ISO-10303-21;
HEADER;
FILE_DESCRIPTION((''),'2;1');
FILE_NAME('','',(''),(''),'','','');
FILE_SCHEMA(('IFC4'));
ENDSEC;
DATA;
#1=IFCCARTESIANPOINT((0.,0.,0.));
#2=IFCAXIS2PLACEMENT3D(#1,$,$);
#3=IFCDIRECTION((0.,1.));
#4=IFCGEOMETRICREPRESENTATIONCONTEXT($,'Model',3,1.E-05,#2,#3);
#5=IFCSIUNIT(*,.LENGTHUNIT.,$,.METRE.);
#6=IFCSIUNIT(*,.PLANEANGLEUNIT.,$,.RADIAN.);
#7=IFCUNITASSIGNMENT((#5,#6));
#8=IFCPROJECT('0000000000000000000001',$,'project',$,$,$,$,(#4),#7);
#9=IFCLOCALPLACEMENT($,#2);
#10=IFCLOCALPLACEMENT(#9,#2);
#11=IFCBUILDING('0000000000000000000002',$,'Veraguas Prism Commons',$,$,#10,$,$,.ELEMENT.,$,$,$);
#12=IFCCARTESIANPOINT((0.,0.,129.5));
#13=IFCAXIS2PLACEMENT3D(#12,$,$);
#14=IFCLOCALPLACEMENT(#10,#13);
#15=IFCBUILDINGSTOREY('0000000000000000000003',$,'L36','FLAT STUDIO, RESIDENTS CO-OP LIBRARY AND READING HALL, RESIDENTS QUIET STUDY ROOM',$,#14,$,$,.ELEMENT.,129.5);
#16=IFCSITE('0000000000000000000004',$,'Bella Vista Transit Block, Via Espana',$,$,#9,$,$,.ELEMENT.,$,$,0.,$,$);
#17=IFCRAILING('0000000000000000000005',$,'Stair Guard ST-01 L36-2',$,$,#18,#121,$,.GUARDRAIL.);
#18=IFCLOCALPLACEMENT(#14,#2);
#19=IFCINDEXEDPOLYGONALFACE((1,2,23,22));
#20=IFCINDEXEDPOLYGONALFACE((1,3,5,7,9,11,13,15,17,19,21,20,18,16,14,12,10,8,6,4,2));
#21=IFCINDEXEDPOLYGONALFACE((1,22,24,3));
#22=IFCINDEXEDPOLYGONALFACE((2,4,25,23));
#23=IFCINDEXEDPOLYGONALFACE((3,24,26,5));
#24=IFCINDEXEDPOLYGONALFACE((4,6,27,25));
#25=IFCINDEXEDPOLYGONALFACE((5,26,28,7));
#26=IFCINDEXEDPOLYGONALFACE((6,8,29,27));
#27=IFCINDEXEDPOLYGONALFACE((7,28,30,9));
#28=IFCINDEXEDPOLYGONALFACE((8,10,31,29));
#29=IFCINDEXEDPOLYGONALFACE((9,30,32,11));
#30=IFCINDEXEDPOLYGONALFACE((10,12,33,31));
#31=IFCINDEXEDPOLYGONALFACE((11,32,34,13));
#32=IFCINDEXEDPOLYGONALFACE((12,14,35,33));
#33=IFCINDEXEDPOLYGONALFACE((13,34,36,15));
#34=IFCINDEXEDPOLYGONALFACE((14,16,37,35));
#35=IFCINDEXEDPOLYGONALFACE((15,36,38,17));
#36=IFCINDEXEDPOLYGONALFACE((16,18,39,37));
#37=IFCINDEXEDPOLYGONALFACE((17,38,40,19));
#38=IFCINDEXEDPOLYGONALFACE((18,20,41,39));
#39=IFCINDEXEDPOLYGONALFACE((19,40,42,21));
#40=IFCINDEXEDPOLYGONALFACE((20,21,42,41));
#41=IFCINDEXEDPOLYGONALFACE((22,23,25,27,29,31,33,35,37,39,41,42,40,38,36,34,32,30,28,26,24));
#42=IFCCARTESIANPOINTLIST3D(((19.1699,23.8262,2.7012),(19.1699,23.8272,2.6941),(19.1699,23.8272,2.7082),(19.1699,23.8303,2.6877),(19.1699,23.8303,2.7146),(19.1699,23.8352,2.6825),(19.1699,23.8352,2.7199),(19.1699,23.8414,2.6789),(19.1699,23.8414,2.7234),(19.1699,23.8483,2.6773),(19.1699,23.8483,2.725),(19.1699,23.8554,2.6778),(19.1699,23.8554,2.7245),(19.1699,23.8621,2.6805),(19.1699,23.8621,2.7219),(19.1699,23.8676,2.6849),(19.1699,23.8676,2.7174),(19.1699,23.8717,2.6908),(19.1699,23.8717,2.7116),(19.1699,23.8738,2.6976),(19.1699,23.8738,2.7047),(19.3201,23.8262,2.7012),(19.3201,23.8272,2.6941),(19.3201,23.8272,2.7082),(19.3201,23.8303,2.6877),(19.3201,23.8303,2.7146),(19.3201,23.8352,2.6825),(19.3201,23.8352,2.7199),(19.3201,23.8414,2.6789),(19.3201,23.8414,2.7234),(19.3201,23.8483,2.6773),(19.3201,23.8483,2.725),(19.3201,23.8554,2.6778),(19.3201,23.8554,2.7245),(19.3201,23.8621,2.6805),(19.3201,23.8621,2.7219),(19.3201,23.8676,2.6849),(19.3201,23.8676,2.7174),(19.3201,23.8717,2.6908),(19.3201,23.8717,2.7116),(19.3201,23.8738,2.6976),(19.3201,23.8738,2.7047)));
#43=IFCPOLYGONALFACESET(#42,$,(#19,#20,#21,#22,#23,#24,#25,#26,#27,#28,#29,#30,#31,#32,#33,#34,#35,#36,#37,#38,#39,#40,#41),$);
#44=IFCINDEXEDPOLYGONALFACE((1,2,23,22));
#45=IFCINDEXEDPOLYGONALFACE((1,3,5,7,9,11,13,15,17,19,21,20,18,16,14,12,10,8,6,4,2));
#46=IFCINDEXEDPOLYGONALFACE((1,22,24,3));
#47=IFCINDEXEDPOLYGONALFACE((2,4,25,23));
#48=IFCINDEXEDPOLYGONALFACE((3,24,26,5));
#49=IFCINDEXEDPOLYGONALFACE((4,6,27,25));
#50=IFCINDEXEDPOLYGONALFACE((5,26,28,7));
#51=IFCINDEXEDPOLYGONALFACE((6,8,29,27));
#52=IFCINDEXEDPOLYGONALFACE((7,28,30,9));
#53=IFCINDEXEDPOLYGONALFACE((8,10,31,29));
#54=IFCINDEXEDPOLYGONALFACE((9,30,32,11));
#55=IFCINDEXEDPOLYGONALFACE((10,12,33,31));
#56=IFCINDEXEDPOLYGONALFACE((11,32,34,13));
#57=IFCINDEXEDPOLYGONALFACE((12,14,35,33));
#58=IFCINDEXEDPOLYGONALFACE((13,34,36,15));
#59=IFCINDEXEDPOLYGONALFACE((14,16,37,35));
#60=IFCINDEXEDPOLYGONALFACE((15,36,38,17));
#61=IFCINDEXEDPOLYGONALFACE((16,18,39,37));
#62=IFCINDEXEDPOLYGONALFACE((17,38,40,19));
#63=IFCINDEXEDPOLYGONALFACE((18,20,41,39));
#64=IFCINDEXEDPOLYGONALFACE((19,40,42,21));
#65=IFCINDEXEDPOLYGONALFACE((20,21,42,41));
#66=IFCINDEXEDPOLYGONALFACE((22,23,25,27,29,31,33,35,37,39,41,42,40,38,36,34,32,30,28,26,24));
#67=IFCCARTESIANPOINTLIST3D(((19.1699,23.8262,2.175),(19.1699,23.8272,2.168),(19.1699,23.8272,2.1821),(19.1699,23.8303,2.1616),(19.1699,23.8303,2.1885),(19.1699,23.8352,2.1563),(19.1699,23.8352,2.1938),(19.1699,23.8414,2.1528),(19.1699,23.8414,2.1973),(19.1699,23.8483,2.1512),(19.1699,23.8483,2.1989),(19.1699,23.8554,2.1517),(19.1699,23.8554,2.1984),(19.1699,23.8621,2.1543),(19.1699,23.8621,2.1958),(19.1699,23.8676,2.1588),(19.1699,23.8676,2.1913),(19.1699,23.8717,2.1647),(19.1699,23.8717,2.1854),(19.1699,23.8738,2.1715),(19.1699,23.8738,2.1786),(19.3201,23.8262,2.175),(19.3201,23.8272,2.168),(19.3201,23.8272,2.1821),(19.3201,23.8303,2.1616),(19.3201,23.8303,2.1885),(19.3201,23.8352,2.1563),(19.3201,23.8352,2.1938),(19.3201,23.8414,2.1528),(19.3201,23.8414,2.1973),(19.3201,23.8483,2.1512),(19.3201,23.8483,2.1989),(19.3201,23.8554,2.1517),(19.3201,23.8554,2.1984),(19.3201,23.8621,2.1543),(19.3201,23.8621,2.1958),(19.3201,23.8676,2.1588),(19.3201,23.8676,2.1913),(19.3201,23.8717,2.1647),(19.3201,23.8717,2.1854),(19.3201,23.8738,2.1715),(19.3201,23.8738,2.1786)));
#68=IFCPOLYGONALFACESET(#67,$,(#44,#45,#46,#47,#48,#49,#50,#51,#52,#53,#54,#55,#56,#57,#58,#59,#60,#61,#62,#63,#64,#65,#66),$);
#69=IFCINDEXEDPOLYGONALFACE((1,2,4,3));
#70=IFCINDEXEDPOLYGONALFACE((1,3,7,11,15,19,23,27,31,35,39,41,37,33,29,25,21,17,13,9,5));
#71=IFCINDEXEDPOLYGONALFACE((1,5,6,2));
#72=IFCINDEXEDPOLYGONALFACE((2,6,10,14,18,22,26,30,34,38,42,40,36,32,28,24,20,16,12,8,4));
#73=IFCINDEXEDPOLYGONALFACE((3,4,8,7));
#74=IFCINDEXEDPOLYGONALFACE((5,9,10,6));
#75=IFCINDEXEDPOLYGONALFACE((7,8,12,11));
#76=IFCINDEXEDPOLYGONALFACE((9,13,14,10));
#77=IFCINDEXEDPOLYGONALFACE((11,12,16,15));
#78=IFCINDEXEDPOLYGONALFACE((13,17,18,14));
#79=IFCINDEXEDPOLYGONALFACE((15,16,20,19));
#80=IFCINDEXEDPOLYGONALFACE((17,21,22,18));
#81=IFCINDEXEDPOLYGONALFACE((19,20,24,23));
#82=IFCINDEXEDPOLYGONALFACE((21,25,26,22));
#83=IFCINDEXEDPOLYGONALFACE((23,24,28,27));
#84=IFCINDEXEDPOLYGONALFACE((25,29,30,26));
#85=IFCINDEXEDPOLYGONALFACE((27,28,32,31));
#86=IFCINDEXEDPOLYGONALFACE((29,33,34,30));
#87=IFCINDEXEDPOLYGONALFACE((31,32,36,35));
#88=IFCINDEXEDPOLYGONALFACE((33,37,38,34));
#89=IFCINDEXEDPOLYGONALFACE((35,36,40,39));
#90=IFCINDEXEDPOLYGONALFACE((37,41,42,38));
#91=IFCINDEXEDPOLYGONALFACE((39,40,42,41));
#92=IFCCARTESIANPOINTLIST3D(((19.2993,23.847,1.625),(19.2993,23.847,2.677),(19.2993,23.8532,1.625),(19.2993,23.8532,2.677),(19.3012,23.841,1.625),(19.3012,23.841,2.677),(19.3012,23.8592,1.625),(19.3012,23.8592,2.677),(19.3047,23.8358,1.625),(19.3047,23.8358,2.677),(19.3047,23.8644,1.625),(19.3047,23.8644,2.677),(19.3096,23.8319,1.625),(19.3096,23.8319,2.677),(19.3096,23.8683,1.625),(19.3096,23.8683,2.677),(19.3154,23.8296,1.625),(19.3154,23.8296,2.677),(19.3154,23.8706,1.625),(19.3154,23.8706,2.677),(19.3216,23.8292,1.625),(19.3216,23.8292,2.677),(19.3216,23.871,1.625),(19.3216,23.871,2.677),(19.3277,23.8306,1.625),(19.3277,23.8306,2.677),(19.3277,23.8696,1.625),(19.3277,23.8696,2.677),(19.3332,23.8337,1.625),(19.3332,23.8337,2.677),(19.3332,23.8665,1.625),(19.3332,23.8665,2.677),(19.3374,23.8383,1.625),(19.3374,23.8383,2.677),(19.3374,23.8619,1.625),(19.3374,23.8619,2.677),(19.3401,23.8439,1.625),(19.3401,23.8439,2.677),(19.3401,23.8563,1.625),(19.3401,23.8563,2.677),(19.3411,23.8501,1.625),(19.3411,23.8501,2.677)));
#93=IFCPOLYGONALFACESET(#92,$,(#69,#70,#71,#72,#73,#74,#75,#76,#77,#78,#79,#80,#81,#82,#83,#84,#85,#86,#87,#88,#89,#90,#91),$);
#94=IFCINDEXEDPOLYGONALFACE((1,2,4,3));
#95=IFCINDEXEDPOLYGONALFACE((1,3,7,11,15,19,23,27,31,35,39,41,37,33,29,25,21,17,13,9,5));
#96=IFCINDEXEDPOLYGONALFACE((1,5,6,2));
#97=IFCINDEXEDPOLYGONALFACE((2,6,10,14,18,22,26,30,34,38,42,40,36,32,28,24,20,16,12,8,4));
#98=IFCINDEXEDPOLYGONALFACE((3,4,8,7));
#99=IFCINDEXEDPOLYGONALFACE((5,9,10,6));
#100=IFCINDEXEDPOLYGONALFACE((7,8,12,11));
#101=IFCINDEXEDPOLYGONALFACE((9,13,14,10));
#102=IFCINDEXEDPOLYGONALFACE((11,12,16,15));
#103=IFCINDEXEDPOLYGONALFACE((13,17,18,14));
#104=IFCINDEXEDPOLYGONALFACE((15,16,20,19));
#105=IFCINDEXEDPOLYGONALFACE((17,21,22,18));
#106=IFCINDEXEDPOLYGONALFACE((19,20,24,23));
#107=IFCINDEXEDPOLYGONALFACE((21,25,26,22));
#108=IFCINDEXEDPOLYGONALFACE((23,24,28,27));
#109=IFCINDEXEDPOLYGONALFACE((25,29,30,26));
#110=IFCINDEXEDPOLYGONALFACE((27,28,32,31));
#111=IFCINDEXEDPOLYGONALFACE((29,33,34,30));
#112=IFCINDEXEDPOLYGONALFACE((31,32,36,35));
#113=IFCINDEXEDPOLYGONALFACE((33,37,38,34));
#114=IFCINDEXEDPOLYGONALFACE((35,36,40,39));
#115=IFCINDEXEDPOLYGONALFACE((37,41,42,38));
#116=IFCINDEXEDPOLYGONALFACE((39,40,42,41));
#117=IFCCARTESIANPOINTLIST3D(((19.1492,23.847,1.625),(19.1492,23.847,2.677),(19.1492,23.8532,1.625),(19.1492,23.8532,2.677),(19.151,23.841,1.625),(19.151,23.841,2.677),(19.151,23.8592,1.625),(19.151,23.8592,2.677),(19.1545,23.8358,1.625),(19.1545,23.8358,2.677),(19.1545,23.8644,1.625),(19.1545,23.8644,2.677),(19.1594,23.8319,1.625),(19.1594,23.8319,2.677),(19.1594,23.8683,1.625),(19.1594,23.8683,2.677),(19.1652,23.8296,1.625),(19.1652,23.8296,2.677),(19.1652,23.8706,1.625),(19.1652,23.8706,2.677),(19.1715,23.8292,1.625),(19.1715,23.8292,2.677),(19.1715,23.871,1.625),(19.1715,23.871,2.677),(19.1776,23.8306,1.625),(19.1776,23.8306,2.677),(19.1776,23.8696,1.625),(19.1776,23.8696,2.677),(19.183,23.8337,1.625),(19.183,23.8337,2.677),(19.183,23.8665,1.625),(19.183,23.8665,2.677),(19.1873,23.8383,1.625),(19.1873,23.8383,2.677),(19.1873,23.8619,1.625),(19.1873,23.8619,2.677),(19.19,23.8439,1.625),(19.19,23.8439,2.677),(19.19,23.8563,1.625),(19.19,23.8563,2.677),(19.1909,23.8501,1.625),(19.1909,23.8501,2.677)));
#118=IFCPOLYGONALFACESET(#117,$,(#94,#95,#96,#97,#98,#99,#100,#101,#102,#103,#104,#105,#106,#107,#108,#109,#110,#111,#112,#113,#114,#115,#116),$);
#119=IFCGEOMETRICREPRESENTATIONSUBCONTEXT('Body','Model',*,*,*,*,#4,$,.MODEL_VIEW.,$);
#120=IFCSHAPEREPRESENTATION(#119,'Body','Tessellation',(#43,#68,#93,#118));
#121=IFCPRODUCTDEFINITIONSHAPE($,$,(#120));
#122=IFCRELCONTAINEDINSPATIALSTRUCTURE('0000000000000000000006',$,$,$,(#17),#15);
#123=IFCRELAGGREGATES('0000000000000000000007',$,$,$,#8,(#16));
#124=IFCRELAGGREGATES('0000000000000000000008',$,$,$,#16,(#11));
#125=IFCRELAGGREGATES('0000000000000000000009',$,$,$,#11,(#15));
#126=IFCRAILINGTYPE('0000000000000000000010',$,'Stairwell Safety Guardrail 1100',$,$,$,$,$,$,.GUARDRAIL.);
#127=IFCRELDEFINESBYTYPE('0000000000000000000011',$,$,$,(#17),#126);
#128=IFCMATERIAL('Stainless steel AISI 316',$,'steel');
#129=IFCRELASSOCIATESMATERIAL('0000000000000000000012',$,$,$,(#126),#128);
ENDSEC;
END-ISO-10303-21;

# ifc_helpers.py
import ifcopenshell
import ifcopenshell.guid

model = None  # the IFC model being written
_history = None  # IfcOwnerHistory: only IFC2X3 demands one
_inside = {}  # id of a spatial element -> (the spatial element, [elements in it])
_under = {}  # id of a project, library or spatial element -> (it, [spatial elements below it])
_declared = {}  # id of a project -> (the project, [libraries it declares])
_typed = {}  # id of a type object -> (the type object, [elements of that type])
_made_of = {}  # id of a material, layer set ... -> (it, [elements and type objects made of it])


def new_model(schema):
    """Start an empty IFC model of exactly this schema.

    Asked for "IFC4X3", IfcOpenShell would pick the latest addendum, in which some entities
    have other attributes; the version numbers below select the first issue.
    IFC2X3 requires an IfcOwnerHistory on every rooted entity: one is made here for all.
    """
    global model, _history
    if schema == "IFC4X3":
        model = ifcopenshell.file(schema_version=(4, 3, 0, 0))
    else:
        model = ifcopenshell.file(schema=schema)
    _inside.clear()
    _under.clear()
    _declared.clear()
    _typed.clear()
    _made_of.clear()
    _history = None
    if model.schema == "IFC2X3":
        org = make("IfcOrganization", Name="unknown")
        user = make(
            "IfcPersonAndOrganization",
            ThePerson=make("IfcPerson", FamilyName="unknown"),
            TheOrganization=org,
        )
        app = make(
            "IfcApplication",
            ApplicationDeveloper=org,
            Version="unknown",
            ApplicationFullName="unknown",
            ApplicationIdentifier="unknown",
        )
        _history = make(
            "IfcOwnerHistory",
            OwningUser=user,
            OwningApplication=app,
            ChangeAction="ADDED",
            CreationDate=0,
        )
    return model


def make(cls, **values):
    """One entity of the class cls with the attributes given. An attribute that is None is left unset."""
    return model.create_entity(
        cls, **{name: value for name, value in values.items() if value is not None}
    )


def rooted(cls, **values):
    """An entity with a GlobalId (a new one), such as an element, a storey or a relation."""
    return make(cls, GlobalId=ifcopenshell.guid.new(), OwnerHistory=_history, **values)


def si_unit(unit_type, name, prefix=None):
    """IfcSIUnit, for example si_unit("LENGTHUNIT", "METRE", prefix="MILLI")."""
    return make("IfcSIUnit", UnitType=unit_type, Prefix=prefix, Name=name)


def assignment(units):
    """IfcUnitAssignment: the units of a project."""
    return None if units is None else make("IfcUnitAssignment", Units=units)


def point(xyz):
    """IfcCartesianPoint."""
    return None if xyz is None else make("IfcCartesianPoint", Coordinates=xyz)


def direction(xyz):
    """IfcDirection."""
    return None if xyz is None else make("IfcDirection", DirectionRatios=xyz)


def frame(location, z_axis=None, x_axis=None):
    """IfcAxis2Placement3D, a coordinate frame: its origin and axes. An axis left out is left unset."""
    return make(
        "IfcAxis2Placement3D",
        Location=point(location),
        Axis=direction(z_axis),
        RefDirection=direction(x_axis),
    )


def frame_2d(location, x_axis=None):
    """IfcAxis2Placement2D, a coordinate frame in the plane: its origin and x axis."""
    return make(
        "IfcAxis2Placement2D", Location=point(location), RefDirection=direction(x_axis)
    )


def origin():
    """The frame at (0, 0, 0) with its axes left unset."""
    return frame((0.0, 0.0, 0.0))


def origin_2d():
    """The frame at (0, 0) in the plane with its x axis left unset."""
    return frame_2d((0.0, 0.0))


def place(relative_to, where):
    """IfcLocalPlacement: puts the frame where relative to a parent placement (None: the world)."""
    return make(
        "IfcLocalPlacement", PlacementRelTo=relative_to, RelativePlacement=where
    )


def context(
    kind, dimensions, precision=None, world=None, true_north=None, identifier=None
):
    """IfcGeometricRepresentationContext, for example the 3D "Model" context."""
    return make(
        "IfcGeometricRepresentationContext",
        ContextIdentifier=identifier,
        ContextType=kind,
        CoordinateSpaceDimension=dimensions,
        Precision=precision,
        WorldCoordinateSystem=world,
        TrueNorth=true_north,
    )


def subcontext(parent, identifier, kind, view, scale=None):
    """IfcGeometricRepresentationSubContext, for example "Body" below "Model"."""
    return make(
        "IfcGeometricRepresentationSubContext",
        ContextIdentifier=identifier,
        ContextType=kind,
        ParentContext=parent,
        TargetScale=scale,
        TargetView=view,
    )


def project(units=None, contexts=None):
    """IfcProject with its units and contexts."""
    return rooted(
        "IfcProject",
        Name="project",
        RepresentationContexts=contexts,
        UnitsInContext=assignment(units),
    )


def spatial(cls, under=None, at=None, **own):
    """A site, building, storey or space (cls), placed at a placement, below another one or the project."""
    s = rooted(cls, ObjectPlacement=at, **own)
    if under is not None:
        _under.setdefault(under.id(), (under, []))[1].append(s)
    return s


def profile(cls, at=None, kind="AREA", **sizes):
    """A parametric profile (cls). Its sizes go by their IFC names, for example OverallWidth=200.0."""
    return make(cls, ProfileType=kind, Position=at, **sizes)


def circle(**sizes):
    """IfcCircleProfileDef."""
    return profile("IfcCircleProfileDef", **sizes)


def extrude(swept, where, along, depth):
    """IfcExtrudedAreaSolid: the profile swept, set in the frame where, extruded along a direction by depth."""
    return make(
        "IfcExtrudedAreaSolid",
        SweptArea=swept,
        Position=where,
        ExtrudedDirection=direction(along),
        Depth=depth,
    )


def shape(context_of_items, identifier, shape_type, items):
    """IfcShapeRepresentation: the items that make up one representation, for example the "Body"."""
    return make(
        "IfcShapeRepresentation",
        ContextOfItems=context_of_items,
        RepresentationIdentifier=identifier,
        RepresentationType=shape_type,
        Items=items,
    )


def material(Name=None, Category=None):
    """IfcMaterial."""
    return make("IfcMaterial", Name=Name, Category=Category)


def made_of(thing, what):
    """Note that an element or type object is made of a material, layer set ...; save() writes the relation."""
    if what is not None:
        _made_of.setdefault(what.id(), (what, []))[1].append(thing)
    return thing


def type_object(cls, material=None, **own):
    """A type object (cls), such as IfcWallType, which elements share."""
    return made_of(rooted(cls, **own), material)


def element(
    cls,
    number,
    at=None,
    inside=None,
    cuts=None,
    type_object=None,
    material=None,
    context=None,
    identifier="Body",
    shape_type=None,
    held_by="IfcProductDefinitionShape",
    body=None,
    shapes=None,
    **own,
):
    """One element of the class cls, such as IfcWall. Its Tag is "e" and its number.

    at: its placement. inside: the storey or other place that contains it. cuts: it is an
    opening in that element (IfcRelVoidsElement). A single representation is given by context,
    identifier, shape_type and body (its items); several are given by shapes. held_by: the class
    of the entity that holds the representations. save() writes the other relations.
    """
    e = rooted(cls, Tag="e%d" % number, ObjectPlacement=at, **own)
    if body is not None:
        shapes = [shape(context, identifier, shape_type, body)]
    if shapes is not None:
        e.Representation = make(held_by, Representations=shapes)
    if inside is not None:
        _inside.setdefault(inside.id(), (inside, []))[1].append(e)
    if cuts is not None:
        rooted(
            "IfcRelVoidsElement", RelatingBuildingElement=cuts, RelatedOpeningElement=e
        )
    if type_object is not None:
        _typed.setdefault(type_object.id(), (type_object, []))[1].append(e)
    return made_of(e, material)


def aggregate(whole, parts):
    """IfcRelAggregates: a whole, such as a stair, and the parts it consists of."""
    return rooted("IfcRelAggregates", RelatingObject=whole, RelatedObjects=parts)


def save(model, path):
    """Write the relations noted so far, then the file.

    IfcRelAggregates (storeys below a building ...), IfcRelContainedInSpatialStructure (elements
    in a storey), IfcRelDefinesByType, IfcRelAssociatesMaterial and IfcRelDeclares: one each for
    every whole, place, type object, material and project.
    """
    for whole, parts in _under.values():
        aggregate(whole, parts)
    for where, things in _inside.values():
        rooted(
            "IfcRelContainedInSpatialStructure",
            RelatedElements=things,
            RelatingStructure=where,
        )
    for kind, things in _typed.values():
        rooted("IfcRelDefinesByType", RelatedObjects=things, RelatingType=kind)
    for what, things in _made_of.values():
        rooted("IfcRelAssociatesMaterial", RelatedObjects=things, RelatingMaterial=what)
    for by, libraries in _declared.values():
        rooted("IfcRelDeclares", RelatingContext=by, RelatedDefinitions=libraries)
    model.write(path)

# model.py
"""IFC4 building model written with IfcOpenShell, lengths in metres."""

from ifc_helpers import new_model, si_unit, direction, frame, origin, origin_2d, place, context, subcontext, project, spatial, circle, extrude, material, type_object, element, save


model = new_model("IFC4")

# Units and contexts
model_context = context("Model", 3, precision=1e-05, world=origin(), true_north=direction((0.0, 1.0)))
body_context = subcontext(model_context, "Body", "Model", "MODEL_VIEW")
ifc_project = project(units=[si_unit("LENGTHUNIT", "METRE"), si_unit("PLANEANGLEUNIT", "RADIAN")], contexts=[model_context])

# Site, building, storey
site_placement = place(None, origin())
site = spatial("IfcSite", under=ifc_project, at=site_placement, Name="Bella Vista Transit Block, Via Espana", CompositionType="ELEMENT", RefElevation=0.0)
building_placement = place(site_placement, origin())
building = spatial("IfcBuilding", under=site, at=building_placement, Name="Veraguas Prism Commons", CompositionType="ELEMENT")
storey_placement = place(building_placement, frame((0.0, 0.0, 129.5)))
storey = spatial("IfcBuildingStorey", under=building, at=storey_placement, Name="L36", Description="FLAT STUDIO, RESIDENTS CO-OP LIBRARY AND READING HALL, RESIDENTS QUIET STUDY ROOM", CompositionType="ELEMENT", Elevation=129.5)

# Railing
ifc_material_1 = material(Name="Stainless steel AISI 316", Category="steel")
railing_type_1 = type_object("IfcRailingType", Name="Stairwell Safety Guardrail 1100", PredefinedType="GUARDRAIL", material=ifc_material_1)
railing_1_placement = place(storey_placement, frame((19.3201, 23.8501, 1.625)))
element("IfcRailing", 1, at=railing_1_placement, inside=storey, type_object=railing_type_1, Name="Stair Guard ST-01 L36-2", PredefinedType="GUARDRAIL", context=body_context, shape_type="SweptSolid", body=[
    extrude(circle(Radius=0.0239, at=origin_2d()), frame((0.0, 0.0, 1.0762), z_axis=(-1.0, 0.0, 0.0), x_axis=(0.0, -1.0, 0.0)), (0.0, 0.0, 1.0), 0.1501),
    extrude(circle(Radius=0.0239, at=origin_2d()), frame((0.0, 0.0, 0.55), z_axis=(-1.0, 0.0, 0.0), x_axis=(0.0, -1.0, 0.0)), (0.0, 0.0, 1.0), 0.1501),
    extrude(circle(Radius=0.021, at=origin_2d()), origin(), (0.0, 0.0, 1.0), 1.052),
    extrude(circle(Radius=0.021, at=origin_2d()), frame((-0.1501, 0.0, 0.0)), (0.0, 0.0, 1.0), 1.052),
])

save(model, "model.ifc")
